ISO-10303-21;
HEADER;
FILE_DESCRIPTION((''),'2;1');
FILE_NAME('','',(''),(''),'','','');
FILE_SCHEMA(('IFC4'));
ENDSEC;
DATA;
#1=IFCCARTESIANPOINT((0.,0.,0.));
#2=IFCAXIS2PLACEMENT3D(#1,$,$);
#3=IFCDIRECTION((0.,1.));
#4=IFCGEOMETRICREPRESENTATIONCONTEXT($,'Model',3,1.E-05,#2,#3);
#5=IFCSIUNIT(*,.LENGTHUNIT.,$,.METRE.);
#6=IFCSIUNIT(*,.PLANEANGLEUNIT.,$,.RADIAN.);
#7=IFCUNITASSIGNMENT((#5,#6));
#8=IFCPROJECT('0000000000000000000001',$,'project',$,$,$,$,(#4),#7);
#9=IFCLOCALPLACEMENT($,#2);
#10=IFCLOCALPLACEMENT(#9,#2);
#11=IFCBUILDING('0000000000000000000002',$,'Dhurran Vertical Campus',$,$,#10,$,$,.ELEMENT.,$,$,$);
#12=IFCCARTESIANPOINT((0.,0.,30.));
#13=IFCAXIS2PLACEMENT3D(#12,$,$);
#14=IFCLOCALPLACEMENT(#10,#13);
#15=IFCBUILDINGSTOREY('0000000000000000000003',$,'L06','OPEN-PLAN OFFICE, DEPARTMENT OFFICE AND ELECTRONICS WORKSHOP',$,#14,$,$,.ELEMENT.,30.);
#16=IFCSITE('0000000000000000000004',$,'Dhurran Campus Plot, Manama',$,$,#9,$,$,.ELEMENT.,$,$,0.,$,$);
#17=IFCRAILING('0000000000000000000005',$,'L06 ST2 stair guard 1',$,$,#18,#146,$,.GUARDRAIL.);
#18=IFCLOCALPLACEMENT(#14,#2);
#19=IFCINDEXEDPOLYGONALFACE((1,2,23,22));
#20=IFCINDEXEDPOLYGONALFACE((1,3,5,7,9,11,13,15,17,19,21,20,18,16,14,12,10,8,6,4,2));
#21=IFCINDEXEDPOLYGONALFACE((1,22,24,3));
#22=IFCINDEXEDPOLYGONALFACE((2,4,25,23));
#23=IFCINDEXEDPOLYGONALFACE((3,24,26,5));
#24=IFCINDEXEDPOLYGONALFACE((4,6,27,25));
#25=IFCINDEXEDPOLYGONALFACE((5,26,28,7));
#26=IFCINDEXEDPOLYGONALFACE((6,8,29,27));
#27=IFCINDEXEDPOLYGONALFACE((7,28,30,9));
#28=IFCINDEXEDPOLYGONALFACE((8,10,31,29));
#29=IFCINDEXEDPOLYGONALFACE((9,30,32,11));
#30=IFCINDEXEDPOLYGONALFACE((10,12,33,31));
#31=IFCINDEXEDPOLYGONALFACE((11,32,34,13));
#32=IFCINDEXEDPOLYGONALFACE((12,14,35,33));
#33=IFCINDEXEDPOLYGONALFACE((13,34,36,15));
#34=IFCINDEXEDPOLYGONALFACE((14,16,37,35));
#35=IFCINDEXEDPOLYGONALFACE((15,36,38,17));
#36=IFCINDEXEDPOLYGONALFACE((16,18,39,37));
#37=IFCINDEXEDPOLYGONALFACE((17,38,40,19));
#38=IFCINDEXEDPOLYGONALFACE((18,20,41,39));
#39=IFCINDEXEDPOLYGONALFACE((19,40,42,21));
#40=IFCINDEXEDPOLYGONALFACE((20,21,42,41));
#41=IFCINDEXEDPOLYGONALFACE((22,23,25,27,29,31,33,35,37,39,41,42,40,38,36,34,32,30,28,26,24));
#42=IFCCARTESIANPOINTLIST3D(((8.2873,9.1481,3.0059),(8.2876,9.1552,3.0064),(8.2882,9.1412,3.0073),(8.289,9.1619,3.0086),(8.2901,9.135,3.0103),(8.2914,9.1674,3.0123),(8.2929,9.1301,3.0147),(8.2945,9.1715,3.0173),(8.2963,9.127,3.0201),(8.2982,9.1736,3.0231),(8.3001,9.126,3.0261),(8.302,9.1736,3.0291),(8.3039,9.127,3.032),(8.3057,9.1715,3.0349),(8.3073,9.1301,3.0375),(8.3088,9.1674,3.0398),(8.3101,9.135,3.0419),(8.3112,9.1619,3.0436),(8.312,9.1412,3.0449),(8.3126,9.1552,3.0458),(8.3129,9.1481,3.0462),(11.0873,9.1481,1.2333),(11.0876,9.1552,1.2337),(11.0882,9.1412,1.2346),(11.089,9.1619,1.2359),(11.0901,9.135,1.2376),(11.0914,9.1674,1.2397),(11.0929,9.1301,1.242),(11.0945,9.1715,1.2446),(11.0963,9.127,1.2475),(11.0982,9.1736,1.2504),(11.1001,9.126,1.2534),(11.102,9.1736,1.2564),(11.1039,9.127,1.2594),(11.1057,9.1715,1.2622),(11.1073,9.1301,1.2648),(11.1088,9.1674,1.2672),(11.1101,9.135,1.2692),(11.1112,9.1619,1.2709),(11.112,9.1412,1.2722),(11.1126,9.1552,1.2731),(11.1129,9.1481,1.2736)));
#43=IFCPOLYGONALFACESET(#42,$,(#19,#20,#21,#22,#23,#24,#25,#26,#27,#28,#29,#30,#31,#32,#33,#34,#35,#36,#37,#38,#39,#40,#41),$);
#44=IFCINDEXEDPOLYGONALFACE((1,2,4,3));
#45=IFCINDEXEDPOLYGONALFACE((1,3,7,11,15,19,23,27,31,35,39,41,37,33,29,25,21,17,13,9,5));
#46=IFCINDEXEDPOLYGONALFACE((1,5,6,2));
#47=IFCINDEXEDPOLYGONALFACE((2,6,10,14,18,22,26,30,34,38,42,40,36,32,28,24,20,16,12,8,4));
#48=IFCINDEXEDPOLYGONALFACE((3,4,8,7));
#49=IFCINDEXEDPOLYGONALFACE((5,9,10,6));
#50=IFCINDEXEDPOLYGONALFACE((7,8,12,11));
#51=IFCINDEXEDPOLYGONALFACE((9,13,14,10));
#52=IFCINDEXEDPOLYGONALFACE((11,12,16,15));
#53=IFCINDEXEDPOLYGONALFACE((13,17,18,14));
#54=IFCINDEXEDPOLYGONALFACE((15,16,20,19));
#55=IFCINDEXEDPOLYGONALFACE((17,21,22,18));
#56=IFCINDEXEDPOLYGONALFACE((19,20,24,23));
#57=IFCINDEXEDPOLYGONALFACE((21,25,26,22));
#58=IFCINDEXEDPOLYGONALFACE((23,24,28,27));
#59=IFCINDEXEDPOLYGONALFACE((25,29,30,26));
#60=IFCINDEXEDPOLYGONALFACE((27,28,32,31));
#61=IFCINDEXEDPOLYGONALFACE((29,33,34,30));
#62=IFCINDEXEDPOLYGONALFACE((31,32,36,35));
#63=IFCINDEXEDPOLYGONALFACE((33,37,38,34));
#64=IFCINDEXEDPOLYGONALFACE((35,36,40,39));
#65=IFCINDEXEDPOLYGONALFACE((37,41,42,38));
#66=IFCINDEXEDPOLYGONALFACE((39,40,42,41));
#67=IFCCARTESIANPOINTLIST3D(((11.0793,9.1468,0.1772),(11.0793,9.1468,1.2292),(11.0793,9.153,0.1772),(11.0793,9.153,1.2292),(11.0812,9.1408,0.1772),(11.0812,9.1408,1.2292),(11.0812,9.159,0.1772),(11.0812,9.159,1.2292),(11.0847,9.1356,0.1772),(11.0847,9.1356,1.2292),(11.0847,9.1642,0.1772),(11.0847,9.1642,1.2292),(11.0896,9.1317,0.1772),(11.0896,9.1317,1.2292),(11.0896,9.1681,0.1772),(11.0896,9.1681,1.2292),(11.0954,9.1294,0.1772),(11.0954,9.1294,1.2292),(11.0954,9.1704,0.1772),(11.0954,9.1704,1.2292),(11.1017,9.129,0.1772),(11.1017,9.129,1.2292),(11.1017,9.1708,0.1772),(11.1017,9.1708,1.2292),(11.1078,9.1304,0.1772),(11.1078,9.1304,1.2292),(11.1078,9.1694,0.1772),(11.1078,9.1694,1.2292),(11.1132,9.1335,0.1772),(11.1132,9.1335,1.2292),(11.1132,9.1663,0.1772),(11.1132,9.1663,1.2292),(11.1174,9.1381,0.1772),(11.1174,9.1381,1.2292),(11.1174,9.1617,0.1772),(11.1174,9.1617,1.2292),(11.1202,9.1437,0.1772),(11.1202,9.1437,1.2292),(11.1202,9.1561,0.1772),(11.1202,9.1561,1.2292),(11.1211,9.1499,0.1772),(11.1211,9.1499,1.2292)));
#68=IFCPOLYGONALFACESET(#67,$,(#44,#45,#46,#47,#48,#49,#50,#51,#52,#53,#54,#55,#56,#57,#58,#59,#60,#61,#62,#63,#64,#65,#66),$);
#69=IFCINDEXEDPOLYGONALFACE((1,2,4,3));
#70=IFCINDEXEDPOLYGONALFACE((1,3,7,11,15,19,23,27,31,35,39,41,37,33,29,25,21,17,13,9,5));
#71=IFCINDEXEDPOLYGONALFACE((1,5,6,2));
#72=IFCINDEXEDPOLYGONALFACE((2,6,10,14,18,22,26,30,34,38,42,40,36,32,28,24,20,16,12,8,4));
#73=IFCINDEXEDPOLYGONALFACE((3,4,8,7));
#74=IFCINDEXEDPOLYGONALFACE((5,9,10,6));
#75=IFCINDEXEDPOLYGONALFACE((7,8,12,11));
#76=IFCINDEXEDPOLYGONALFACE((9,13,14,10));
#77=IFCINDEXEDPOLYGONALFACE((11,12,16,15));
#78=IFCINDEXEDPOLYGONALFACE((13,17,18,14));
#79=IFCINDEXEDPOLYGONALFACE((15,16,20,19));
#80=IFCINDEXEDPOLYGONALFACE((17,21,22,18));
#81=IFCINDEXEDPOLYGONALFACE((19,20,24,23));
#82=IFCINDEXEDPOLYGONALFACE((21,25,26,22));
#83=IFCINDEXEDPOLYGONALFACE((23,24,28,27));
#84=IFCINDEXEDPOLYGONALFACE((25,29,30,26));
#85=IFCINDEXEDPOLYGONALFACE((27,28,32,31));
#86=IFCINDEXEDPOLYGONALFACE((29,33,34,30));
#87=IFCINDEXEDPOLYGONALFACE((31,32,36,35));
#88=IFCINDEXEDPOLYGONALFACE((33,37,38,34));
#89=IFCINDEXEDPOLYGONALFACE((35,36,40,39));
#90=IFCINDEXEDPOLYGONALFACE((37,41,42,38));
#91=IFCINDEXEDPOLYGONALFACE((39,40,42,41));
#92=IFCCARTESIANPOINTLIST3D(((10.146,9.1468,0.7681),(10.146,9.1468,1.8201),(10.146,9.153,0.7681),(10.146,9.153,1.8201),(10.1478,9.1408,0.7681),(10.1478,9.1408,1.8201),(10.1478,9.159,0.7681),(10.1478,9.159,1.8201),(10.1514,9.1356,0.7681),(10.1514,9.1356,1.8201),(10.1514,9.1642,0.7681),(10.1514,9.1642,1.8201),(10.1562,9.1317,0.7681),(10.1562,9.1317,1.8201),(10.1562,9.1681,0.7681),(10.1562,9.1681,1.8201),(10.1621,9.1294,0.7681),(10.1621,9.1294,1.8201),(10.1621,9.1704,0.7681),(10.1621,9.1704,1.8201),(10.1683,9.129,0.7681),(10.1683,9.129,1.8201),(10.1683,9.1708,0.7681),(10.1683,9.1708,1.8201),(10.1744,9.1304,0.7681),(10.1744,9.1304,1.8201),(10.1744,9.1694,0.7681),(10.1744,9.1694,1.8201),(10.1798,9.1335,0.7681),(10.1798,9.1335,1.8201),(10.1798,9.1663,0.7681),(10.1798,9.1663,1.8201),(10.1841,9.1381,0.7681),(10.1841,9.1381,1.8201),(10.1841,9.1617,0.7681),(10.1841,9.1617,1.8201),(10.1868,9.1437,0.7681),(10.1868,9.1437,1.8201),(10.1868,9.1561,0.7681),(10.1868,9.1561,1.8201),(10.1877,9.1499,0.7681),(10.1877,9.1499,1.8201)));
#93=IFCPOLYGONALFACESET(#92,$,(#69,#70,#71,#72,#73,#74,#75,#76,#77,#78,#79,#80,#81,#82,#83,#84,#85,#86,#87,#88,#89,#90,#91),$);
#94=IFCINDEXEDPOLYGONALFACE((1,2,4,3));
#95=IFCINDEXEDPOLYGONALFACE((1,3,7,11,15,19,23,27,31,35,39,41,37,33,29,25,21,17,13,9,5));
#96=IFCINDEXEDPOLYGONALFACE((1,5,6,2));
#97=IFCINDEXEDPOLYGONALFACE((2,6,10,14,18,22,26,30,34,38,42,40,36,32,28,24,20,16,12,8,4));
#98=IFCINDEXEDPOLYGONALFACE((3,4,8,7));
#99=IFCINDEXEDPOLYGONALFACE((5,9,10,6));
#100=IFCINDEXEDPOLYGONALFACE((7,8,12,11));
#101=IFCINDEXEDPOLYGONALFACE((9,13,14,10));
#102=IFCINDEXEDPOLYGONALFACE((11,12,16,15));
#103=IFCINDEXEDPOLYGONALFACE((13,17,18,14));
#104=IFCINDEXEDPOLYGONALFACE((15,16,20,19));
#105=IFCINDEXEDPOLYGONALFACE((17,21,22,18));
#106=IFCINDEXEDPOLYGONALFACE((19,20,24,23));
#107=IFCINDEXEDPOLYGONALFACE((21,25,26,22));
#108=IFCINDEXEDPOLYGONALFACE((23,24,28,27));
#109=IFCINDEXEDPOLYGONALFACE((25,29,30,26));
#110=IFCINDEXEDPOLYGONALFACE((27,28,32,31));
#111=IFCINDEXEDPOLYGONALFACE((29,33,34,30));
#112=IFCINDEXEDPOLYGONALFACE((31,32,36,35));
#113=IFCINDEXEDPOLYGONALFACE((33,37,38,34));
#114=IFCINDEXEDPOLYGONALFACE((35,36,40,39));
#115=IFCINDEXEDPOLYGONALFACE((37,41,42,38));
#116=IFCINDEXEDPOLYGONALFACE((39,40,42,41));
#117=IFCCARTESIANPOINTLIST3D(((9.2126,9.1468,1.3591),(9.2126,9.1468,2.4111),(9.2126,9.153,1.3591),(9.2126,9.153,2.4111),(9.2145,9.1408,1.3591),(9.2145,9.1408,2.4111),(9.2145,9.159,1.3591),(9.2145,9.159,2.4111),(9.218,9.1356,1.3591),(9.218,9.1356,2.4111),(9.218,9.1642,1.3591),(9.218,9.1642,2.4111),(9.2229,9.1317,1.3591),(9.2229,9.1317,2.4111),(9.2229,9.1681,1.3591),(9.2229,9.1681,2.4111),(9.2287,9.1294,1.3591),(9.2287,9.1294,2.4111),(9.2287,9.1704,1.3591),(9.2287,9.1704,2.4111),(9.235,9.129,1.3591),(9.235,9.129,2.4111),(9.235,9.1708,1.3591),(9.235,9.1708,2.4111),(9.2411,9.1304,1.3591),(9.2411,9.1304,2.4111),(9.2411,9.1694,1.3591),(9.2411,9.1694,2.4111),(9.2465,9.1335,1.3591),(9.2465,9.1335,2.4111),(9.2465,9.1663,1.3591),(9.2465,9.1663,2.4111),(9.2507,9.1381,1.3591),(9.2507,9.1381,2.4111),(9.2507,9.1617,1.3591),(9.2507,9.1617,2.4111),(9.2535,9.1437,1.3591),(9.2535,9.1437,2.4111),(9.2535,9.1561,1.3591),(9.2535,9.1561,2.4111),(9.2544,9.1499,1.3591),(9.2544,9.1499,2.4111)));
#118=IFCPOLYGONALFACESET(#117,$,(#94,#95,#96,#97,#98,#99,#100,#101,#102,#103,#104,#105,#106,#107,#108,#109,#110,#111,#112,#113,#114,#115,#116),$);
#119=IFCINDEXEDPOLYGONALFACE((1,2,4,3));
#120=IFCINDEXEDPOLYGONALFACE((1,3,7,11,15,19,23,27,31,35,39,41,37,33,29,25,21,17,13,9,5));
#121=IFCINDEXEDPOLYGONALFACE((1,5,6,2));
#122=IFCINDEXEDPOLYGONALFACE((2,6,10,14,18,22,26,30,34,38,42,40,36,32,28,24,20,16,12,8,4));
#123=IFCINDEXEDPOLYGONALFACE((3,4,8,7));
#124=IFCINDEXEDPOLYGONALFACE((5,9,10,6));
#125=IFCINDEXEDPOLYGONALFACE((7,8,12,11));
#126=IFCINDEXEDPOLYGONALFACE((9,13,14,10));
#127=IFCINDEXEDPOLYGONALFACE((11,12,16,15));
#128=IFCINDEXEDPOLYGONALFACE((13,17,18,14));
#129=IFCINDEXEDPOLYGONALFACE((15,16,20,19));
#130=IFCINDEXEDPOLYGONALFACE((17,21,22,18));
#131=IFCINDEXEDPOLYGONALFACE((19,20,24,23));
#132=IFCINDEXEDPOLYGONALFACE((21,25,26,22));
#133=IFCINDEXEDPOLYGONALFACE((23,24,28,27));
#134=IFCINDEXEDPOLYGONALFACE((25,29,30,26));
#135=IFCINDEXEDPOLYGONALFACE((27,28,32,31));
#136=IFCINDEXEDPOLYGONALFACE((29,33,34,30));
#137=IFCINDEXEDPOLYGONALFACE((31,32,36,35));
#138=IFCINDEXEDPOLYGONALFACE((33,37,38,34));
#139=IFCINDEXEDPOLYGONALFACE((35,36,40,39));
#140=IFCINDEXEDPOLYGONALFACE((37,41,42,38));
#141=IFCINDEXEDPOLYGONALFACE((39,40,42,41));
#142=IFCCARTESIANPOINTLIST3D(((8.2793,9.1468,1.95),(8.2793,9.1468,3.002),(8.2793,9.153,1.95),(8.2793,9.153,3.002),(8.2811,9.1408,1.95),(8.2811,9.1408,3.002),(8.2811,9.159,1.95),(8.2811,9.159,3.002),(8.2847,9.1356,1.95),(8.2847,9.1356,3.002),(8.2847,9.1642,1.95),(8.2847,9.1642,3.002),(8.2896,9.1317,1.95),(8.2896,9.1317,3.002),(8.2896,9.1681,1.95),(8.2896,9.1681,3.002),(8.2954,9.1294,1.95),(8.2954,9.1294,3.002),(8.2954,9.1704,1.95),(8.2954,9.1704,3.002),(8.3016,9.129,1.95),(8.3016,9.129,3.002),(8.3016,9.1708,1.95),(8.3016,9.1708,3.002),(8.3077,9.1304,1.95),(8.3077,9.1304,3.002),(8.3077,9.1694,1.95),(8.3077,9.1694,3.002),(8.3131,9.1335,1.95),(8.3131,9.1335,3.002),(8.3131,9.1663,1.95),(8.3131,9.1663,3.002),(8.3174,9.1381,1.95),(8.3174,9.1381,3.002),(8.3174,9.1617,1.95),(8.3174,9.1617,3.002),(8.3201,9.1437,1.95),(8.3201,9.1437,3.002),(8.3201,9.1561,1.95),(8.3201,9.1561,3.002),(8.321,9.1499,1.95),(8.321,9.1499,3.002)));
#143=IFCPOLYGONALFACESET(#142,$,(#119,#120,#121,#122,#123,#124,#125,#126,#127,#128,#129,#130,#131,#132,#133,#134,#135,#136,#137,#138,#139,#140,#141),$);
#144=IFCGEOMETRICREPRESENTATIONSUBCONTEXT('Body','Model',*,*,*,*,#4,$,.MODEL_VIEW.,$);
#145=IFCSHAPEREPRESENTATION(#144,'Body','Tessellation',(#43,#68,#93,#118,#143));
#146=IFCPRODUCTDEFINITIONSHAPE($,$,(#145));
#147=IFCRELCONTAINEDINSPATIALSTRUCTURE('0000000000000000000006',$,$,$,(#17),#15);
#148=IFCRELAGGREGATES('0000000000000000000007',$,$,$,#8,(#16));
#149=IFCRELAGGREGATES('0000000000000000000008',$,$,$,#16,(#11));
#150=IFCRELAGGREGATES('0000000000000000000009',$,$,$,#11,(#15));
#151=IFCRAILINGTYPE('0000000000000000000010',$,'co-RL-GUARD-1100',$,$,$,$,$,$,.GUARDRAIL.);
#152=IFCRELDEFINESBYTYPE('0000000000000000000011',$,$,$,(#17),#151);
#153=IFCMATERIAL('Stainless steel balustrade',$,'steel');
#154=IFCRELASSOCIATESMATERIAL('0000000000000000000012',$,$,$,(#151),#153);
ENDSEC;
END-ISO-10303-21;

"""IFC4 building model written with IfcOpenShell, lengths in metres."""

from ifc_helpers import new_model, si_unit, direction, frame, origin, origin_2d, place, context, subcontext, project, spatial, circle, extrude, material, type_object, element, save


model = new_model("IFC4")

# Units and contexts
model_context = context("Model", 3, precision=1e-05, world=origin(), true_north=direction((0.0, 1.0)))
body_context = subcontext(model_context, "Body", "Model", "MODEL_VIEW")
ifc_project = project(units=[si_unit("LENGTHUNIT", "METRE"), si_unit("PLANEANGLEUNIT", "RADIAN")], contexts=[model_context])

# Site, building, storey
site_placement = place(None, origin())
site = spatial("IfcSite", under=ifc_project, at=site_placement, Name="Dhurran Campus Plot, Manama", CompositionType="ELEMENT", RefElevation=0.0)
building_placement = place(site_placement, origin())
building = spatial("IfcBuilding", under=site, at=building_placement, Name="Dhurran Vertical Campus", CompositionType="ELEMENT")
storey_placement = place(building_placement, frame((0.0, 0.0, 30.0)))
storey = spatial("IfcBuildingStorey", under=building, at=storey_placement, Name="L06", Description="OPEN-PLAN OFFICE, DEPARTMENT OFFICE AND ELECTRONICS WORKSHOP", CompositionType="ELEMENT", Elevation=30.0)

# Railing
ifc_material_1 = material(Name="Stainless steel balustrade", Category="steel")
railing_type_1 = type_object("IfcRailingType", Name="co-RL-GUARD-1100", PredefinedType="GUARDRAIL", material=ifc_material_1)
railing_1_placement = place(storey_placement, frame((11.1001, 9.1499, 0.1772)))
element("IfcRailing", 1, at=railing_1_placement, inside=storey, type_object=railing_type_1, Name="L06 ST2 stair guard 1", PredefinedType="GUARDRAIL", context=body_context, shape_type="SweptSolid", body=[
    extrude(circle(Radius=0.0239, at=origin_2d()), frame((0.0, 0.0, 1.0762), z_axis=(-0.844909, 0.0, 0.53491), x_axis=(0.0, -1.0, 0.0)), (0.0, 0.0, 1.0), 3.314),
    extrude(circle(Radius=0.021, at=origin_2d()), origin(), (0.0, 0.0, 1.0), 1.052),
    extrude(circle(Radius=0.021, at=origin_2d()), frame((-0.9333, 0.0, 0.5908)), (0.0, 0.0, 1.0), 1.052),
    extrude(circle(Radius=0.021, at=origin_2d()), frame((-1.8667, 0.0, 1.1819)), (0.0, 0.0, 1.0), 1.052),
    extrude(circle(Radius=0.021, at=origin_2d()), frame((-2.8, 0.0, 1.7727)), (0.0, 0.0, 1.0), 1.052),
])

save(model, "model.ifc")
